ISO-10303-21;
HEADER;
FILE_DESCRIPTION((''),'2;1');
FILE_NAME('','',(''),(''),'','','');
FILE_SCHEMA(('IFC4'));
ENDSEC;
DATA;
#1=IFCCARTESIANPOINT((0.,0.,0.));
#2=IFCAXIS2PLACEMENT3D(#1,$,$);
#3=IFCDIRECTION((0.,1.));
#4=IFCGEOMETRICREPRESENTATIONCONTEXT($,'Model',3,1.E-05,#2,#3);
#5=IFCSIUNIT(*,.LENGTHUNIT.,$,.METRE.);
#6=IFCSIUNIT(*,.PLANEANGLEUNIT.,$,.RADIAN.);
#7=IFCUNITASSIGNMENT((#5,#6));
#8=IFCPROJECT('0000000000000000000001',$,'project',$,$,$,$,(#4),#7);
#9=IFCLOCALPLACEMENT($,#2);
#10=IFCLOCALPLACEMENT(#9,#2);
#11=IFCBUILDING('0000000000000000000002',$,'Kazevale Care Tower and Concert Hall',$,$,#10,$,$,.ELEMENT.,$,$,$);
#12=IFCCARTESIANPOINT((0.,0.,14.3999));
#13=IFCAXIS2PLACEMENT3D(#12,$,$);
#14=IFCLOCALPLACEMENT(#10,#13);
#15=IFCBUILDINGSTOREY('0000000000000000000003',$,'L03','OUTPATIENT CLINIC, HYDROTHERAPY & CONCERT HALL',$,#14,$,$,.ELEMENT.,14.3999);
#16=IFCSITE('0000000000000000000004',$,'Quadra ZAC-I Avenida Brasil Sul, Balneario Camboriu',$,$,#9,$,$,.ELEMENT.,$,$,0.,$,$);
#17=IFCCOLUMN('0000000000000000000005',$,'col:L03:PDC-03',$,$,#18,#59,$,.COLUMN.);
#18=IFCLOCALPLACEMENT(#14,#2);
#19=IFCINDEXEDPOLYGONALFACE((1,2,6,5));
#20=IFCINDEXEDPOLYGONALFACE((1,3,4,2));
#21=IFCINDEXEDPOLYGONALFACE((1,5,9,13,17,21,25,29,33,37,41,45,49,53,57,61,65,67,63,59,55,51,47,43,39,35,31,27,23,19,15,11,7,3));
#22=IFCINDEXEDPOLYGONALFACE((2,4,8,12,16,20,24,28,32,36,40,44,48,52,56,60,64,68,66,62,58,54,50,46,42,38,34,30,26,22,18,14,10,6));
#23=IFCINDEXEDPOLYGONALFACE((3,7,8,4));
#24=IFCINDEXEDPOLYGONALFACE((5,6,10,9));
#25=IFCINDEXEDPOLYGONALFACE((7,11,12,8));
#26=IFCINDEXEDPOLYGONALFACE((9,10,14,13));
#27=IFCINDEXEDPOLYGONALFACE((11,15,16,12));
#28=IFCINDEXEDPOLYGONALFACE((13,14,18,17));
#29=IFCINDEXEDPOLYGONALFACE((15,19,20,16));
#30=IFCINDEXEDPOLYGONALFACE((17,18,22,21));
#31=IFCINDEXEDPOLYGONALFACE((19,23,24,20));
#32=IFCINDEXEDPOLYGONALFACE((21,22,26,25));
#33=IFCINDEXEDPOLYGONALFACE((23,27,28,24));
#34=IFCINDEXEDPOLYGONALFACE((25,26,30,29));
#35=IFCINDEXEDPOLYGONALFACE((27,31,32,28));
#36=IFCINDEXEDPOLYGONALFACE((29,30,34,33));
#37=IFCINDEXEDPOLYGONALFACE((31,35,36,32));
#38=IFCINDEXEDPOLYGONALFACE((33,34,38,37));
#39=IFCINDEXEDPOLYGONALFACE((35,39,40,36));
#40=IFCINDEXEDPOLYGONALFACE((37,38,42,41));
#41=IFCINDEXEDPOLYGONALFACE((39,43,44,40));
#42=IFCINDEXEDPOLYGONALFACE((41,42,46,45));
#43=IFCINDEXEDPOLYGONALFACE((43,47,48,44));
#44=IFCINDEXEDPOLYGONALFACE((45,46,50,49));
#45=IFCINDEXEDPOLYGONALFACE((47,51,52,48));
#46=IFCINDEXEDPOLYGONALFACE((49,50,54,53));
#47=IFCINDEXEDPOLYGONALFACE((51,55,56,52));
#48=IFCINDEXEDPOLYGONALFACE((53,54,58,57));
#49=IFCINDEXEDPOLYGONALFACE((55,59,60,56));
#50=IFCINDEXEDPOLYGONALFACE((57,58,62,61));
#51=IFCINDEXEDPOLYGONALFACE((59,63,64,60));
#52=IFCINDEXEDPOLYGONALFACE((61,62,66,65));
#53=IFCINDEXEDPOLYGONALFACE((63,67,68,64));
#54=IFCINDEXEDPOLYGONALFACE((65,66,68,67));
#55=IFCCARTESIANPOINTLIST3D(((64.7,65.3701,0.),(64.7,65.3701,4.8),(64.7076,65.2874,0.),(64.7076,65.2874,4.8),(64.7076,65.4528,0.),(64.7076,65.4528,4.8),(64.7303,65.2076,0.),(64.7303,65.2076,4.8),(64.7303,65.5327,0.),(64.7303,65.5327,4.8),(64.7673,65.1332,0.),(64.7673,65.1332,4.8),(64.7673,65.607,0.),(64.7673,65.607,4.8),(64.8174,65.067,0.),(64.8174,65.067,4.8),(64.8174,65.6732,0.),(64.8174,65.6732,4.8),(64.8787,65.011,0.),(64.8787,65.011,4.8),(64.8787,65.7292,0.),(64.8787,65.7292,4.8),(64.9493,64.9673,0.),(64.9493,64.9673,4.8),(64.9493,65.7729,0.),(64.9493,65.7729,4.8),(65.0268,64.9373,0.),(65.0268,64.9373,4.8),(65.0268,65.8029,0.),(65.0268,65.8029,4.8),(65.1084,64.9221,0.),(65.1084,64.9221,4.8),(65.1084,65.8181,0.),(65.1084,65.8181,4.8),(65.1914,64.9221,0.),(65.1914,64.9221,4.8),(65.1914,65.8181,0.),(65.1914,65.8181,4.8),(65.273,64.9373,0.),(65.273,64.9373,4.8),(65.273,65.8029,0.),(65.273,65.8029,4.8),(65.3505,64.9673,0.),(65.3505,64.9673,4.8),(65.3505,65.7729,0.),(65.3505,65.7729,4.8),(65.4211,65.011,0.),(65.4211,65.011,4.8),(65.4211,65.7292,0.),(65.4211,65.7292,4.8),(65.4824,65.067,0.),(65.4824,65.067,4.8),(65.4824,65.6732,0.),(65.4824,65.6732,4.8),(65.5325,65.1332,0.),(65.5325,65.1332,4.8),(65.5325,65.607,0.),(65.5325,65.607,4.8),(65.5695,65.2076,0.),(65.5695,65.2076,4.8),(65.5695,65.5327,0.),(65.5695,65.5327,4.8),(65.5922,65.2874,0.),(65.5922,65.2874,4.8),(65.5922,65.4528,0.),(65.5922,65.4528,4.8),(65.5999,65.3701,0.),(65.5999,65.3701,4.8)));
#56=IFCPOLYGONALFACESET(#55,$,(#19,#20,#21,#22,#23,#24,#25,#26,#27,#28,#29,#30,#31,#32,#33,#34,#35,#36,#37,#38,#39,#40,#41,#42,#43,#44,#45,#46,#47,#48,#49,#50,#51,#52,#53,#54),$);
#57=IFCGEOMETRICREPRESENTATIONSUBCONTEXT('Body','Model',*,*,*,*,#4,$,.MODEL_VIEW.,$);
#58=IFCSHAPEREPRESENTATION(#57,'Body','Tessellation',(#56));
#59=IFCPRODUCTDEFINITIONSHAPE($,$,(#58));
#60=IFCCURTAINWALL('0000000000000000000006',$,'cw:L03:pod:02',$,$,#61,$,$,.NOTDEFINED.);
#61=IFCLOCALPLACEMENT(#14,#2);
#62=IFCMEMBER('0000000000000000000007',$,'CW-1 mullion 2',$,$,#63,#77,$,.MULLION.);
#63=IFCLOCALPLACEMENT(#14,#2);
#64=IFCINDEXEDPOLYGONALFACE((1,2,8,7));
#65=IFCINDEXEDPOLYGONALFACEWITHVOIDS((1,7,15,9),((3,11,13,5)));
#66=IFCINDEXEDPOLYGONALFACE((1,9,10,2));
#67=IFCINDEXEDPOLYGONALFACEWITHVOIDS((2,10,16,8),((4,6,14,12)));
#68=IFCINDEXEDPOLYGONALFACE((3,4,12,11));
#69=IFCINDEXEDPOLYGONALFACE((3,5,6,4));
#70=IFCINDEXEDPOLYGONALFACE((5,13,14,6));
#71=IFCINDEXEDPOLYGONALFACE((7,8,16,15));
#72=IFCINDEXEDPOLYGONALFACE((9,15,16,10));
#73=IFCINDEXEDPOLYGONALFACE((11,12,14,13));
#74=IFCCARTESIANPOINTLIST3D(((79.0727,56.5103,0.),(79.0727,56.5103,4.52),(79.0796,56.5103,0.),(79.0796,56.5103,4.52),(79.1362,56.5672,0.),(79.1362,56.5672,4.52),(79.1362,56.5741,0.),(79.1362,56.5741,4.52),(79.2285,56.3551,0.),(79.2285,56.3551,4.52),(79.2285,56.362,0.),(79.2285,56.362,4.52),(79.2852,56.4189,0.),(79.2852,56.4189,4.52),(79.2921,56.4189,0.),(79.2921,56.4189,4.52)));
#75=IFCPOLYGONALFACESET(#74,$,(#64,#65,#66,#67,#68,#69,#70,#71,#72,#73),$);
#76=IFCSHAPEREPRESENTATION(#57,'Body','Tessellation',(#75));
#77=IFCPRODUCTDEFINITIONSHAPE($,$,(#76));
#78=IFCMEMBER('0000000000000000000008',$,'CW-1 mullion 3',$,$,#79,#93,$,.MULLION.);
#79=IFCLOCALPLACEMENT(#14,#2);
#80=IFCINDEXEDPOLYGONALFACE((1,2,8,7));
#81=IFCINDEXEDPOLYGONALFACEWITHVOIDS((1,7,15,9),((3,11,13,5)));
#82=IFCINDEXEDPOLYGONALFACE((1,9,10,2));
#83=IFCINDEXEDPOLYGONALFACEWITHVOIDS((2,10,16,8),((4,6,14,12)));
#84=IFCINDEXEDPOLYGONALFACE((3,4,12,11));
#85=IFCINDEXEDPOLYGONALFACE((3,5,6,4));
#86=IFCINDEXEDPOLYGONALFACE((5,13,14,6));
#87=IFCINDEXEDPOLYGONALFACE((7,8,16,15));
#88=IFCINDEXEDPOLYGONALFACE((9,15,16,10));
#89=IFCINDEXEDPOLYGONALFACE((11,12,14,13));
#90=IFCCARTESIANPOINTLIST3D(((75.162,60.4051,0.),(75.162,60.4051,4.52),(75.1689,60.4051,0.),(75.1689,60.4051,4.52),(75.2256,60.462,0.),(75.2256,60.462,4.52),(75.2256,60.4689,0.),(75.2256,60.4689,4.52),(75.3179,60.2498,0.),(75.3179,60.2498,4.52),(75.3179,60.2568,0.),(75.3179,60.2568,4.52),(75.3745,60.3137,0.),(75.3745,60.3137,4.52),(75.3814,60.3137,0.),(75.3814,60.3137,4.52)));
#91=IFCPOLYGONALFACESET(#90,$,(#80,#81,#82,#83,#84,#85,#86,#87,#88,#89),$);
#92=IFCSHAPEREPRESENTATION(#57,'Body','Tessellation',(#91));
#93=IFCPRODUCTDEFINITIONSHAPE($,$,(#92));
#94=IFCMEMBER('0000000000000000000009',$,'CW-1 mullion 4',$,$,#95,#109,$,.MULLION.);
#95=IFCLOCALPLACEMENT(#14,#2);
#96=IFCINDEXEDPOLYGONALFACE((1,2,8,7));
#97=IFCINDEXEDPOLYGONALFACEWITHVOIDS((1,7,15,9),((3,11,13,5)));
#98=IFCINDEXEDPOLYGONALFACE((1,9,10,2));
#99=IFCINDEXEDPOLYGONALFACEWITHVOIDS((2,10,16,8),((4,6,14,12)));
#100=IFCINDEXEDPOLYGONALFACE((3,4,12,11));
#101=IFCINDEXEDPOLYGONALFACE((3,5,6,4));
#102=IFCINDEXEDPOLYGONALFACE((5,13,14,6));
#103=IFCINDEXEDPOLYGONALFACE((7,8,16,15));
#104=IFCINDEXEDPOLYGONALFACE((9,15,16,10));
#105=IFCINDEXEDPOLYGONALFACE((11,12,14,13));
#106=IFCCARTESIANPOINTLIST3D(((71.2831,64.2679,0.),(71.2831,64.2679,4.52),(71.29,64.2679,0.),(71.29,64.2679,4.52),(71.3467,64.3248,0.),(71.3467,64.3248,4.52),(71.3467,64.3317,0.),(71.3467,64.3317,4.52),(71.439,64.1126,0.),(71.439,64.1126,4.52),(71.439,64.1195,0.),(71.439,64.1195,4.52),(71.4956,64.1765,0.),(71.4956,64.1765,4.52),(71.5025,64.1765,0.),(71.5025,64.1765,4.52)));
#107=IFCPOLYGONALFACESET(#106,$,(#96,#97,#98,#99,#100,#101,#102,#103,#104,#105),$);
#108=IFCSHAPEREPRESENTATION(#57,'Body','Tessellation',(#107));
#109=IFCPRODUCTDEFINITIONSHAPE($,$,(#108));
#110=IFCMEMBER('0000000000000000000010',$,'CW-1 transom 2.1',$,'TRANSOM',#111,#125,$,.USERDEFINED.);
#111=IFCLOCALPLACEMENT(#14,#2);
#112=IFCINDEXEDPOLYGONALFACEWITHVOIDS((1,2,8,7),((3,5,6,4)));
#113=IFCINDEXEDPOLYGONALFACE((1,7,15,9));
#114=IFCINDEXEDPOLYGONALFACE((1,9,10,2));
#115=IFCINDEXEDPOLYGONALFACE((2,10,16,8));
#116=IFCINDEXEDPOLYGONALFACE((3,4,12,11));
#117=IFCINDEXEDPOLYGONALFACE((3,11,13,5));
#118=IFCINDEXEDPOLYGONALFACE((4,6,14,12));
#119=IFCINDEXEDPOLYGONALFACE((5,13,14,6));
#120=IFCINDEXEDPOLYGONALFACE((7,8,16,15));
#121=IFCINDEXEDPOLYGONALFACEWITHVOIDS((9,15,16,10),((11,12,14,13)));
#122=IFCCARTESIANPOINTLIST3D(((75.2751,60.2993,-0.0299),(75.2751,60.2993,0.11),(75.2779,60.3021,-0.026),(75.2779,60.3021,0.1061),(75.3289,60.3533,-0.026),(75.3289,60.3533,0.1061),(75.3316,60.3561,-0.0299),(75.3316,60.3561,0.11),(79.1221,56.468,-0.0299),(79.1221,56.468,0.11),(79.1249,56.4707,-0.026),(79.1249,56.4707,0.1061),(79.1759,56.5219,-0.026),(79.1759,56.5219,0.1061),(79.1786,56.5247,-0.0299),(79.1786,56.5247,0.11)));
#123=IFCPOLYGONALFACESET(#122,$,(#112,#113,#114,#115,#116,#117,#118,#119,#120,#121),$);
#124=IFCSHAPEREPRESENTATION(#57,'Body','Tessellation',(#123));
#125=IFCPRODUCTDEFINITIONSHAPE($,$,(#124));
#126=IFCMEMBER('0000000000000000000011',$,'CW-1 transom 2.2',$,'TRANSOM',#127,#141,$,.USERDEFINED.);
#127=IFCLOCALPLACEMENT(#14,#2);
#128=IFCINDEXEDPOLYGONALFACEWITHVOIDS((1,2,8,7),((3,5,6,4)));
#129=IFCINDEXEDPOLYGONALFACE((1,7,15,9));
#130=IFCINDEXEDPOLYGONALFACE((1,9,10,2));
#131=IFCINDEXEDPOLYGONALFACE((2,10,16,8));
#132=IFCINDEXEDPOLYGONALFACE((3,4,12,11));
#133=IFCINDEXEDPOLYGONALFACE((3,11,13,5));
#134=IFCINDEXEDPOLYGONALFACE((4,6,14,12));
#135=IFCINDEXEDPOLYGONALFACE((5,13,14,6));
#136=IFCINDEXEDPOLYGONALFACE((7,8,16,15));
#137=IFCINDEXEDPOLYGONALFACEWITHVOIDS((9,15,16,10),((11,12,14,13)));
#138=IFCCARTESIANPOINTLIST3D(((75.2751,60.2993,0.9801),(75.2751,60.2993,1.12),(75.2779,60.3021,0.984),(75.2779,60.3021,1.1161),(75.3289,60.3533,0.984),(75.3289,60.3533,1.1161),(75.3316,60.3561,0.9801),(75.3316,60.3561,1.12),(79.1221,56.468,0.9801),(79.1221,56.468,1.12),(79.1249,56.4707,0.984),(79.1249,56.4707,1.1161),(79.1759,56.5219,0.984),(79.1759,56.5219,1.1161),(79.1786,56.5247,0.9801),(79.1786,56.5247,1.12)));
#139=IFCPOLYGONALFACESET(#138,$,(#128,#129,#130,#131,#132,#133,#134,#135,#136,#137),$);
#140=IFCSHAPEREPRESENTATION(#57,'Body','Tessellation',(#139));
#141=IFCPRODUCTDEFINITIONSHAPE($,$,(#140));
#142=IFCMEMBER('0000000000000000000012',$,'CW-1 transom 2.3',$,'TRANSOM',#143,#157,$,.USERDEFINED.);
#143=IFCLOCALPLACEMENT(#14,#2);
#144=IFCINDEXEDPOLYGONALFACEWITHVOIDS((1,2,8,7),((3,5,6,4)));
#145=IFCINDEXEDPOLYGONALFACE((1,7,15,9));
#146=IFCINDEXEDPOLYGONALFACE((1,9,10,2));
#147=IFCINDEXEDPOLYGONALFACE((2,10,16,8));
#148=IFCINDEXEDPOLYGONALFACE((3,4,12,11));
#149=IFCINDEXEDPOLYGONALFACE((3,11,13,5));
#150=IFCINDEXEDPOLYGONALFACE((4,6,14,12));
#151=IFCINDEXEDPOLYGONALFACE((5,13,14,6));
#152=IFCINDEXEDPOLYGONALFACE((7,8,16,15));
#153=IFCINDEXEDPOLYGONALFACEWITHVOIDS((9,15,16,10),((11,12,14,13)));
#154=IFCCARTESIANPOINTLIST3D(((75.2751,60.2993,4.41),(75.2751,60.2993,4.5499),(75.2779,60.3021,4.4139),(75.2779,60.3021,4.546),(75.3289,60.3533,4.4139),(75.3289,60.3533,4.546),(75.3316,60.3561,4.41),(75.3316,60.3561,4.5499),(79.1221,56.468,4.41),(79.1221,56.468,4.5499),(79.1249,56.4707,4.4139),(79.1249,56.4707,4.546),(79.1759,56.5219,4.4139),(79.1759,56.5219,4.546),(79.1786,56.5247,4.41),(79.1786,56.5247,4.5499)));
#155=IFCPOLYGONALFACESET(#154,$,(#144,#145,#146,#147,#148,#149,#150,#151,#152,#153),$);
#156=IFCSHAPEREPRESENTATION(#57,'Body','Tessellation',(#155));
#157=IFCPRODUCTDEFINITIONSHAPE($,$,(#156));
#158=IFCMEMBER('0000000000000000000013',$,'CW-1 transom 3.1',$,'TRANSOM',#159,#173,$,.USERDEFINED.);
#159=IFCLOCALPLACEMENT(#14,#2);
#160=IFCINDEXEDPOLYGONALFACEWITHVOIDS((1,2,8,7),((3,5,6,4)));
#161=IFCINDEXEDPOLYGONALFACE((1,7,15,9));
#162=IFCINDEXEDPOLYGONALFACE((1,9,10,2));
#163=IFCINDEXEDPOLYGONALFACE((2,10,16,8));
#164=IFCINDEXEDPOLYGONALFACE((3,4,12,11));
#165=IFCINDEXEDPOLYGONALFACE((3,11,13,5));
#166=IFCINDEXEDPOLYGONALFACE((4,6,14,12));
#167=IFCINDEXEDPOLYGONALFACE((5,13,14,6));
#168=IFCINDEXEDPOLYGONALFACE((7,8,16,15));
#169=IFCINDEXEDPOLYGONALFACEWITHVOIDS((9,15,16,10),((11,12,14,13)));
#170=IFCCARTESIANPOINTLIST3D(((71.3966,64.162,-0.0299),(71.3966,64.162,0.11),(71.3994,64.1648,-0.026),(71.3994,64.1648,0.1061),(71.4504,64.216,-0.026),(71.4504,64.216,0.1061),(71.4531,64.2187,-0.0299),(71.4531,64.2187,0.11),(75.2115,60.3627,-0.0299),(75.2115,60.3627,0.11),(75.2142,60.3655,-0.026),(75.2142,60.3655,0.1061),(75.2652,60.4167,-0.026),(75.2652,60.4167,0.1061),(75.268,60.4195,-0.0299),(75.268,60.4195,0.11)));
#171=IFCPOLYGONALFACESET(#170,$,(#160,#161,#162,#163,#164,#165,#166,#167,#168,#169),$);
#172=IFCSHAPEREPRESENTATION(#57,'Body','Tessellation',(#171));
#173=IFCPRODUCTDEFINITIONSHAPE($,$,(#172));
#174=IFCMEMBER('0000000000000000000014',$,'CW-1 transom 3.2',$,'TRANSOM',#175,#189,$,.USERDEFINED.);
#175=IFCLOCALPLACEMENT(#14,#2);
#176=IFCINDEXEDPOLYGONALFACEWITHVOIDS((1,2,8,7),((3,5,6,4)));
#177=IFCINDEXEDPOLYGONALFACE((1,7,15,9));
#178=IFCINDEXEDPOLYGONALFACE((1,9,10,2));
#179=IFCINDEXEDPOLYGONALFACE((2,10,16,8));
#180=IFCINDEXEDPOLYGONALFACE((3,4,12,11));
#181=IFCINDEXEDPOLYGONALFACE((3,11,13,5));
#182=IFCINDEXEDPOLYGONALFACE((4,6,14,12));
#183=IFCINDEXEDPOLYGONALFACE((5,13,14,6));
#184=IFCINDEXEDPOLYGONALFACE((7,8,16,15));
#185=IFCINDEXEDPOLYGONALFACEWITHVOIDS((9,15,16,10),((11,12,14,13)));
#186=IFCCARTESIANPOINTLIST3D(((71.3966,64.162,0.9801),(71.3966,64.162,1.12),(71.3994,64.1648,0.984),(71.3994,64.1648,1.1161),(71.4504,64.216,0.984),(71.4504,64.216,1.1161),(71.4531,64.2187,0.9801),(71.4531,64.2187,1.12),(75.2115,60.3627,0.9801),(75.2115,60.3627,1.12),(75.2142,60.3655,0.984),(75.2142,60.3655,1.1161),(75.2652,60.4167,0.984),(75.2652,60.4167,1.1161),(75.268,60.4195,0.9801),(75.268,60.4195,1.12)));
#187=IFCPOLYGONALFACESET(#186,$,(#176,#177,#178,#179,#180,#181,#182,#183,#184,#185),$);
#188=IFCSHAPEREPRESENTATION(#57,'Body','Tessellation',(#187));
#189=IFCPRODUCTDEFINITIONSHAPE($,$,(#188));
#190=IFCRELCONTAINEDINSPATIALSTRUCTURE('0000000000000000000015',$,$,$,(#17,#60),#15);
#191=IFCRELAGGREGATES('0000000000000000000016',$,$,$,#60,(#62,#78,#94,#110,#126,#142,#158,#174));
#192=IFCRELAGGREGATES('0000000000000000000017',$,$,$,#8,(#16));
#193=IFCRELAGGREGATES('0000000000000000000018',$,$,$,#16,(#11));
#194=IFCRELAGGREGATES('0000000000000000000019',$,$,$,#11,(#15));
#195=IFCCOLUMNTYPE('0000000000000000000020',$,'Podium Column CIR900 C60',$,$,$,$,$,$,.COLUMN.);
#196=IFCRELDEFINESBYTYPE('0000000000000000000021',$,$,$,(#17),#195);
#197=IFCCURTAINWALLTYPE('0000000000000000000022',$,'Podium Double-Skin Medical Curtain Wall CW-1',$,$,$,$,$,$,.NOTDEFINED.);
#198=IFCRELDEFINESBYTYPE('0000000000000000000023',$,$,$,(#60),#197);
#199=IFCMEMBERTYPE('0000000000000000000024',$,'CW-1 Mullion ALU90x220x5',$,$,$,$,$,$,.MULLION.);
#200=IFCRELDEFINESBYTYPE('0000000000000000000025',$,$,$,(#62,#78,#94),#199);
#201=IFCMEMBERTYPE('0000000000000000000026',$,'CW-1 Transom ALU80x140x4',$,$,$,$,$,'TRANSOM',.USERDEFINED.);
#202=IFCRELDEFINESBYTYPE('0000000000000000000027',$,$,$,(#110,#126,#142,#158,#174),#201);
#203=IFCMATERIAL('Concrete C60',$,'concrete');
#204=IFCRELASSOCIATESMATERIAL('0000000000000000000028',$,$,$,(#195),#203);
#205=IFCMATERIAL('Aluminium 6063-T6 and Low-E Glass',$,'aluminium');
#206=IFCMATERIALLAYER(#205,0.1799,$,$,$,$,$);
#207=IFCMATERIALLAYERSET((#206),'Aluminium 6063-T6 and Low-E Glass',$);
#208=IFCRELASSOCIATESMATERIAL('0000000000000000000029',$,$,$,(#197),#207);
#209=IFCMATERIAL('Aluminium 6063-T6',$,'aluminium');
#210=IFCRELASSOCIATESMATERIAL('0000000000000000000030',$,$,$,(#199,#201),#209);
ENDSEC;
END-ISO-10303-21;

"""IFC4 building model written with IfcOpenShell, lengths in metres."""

from ifc_helpers import new_model, si_unit, direction, frame, origin, origin_2d, place, context, subcontext, project, spatial, hollow_rectangle, circle, extrude, material, layer, layer_set, material_profile, profile_set, type_object, element, aggregate, save


model = new_model("IFC4")

# Units and contexts
model_context = context("Model", 3, precision=1e-05, world=origin(), true_north=direction((0.0, 1.0)))
body_context = subcontext(model_context, "Body", "Model", "MODEL_VIEW")
ifc_project = project(units=[si_unit("LENGTHUNIT", "METRE"), si_unit("PLANEANGLEUNIT", "RADIAN")], contexts=[model_context])

# Site, building, storey
site_placement = place(None, origin())
site = spatial("IfcSite", under=ifc_project, at=site_placement, Name="Quadra ZAC-I Avenida Brasil Sul, Balneario Camboriu", CompositionType="ELEMENT", RefElevation=0.0)
building_placement = place(site_placement, origin())
building = spatial("IfcBuilding", under=site, at=building_placement, Name="Kazevale Care Tower and Concert Hall", CompositionType="ELEMENT")
storey_placement = place(building_placement, frame((0.0, 0.0, 14.3999)))
storey = spatial("IfcBuildingStorey", under=building, at=storey_placement, Name="L03", Description="OUTPATIENT CLINIC, HYDROTHERAPY & CONCERT HALL", CompositionType="ELEMENT", Elevation=14.3999)

# Column
ifc_material_1 = material(Name="Concrete C60", Category="concrete")
ifc_material_profile_1 = material_profile(ifc_material_1, circle(Radius=0.45, at=origin_2d()), Name="RC-CIR900")
ifc_profile_set_1 = profile_set([ifc_material_profile_1], Name="Concrete C60")
column_type_1 = type_object("IfcColumnType", Name="Podium Column CIR900 C60", PredefinedType="COLUMN", material=ifc_profile_set_1)
for number, where, z_axis, x_axis, name in (
    (1, (65.1499, 65.3701, 0.0), (0.0, 0.0, 1.0), (1.0, 0.0, 0.0), "col:L03:PDC-03"),
):
    element("IfcColumn", number, at=place(storey_placement, frame(where, z_axis=z_axis, x_axis=x_axis)), inside=storey, type_object=column_type_1, Name=name, PredefinedType="COLUMN", context=body_context, shape_type="SweptSolid", body=[
        extrude(circle(Radius=0.45, at=origin_2d()), origin(), (0.0, 0.0, 1.0), 4.8),
    ])

# Curtain wall, members
ifc_material_2 = material(Name="Aluminium 6063-T6 and Low-E Glass", Category="aluminium")
ifc_layer_1 = layer(ifc_material_2, 0.1799)
ifc_layer_set_1 = layer_set([ifc_layer_1], Name="Aluminium 6063-T6 and Low-E Glass")
curtain_wall_type = type_object("IfcCurtainWallType", Name="Podium Double-Skin Medical Curtain Wall CW-1", PredefinedType="NOTDEFINED", material=ifc_layer_set_1)
curtain_wall_placement = place(storey_placement, origin())
curtain_wall = element("IfcCurtainWall", 2, at=curtain_wall_placement, inside=storey, type_object=curtain_wall_type, Name="cw:L03:pod:02", PredefinedType="NOTDEFINED")
ifc_material_3 = material(Name="Aluminium 6063-T6", Category="aluminium")
ifc_material_profile_2 = material_profile(ifc_material_3, hollow_rectangle(XDim=0.0901, YDim=0.22, WallThickness=0.0049, at=origin_2d()), Name="ALU90x220x5")
ifc_profile_set_2 = profile_set([ifc_material_profile_2], Name="Aluminium 6063-T6")
member_type_1 = type_object("IfcMemberType", Name="CW-1 Mullion ALU90x220x5", PredefinedType="MULLION", material=ifc_profile_set_2)
member_1_placement = place(storey_placement, frame((79.1824, 56.4646, 0.0), z_axis=(0.0, 0.0, 1.0), x_axis=(-0.705656, -0.708555, 0.0)))
member_1 = element("IfcMember", 3, at=member_1_placement, type_object=member_type_1, Name="CW-1 mullion 2", PredefinedType="MULLION", context=body_context, shape_type="SweptSolid", body=[
    extrude(hollow_rectangle(XDim=0.0901, YDim=0.22, WallThickness=0.0049, at=origin_2d()), origin(), (0.0, 0.0, 1.0), 4.52),
])
member_2_placement = place(storey_placement, frame((75.2717, 60.3594, 0.0), z_axis=(0.0, 0.0, 1.0), x_axis=(-0.705656, -0.708555, 0.0)))
member_2 = element("IfcMember", 4, at=member_2_placement, type_object=member_type_1, Name="CW-1 mullion 3", PredefinedType="MULLION", context=body_context, shape_type="SweptSolid", body=[
    extrude(hollow_rectangle(XDim=0.0901, YDim=0.22, WallThickness=0.0049, at=origin_2d()), origin(), (0.0, 0.0, 1.0), 4.52),
])
member_3_placement = place(storey_placement, frame((71.3928, 64.2222, 0.0), z_axis=(0.0, 0.0, 1.0), x_axis=(-0.705656, -0.708555, 0.0)))
member_3 = element("IfcMember", 5, at=member_3_placement, type_object=member_type_1, Name="CW-1 mullion 4", PredefinedType="MULLION", context=body_context, shape_type="SweptSolid", body=[
    extrude(hollow_rectangle(XDim=0.0901, YDim=0.22, WallThickness=0.0049, at=origin_2d()), origin(), (0.0, 0.0, 1.0), 4.52),
])
ifc_material_profile_3 = material_profile(ifc_material_3, hollow_rectangle(XDim=0.0801, YDim=0.1399, WallThickness=0.0039, at=origin_2d()), Name="ALU80x140x4")
ifc_profile_set_3 = profile_set([ifc_material_profile_3], Name="Aluminium 6063-T6")
member_type_2 = type_object("IfcMemberType", Name="CW-1 Transom ALU80x140x4", ElementType="TRANSOM", PredefinedType="USERDEFINED", material=ifc_profile_set_3)
member_4_placement = place(storey_placement, frame((79.1504, 56.4963, 0.04), z_axis=(-0.708544, 0.705666, 0.0), x_axis=(-0.705666, -0.708544, 0.0)))
member_4 = element("IfcMember", 6, at=member_4_placement, type_object=member_type_2, Name="CW-1 transom 2.1", ObjectType="TRANSOM", PredefinedType="USERDEFINED", context=body_context, shape_type="SweptSolid", body=[
    extrude(hollow_rectangle(XDim=0.0801, YDim=0.1399, WallThickness=0.0039, at=origin_2d()), origin(), (0.0, 0.0, 1.0), 5.4294),
])
member_5_placement = place(storey_placement, frame((79.1504, 56.4963, 1.05), z_axis=(-0.708544, 0.705666, 0.0), x_axis=(-0.705666, -0.708544, 0.0)))
member_5 = element("IfcMember", 7, at=member_5_placement, type_object=member_type_2, Name="CW-1 transom 2.2", ObjectType="TRANSOM", PredefinedType="USERDEFINED", context=body_context, shape_type="SweptSolid", body=[
    extrude(hollow_rectangle(XDim=0.0801, YDim=0.1399, WallThickness=0.0039, at=origin_2d()), origin(), (0.0, 0.0, 1.0), 5.4294),
])
member_6_placement = place(storey_placement, frame((79.1504, 56.4963, 4.48), z_axis=(-0.708544, 0.705666, 0.0), x_axis=(-0.705666, -0.708544, 0.0)))
member_6 = element("IfcMember", 8, at=member_6_placement, type_object=member_type_2, Name="CW-1 transom 2.3", ObjectType="TRANSOM", PredefinedType="USERDEFINED", context=body_context, shape_type="SweptSolid", body=[
    extrude(hollow_rectangle(XDim=0.0801, YDim=0.1399, WallThickness=0.0039, at=origin_2d()), origin(), (0.0, 0.0, 1.0), 5.4294),
])
member_7_placement = place(storey_placement, frame((75.2397, 60.3911, 0.04), z_axis=(-0.708556, 0.705654, 0.0), x_axis=(-0.705654, -0.708556, 0.0)))
member_7 = element("IfcMember", 9, at=member_7_placement, type_object=member_type_2, Name="CW-1 transom 3.1", ObjectType="TRANSOM", PredefinedType="USERDEFINED", context=body_context, shape_type="SweptSolid", body=[
    extrude(hollow_rectangle(XDim=0.0801, YDim=0.1399, WallThickness=0.0039, at=origin_2d()), origin(), (0.0, 0.0, 1.0), 5.384),
])
member_8_placement = place(storey_placement, frame((75.2397, 60.3911, 1.05), z_axis=(-0.708556, 0.705654, 0.0), x_axis=(-0.705654, -0.708556, 0.0)))
member_8 = element("IfcMember", 10, at=member_8_placement, type_object=member_type_2, Name="CW-1 transom 3.2", ObjectType="TRANSOM", PredefinedType="USERDEFINED", context=body_context, shape_type="SweptSolid", body=[
    extrude(hollow_rectangle(XDim=0.0801, YDim=0.1399, WallThickness=0.0039, at=origin_2d()), origin(), (0.0, 0.0, 1.0), 5.384),
])

aggregate(curtain_wall, [member_1, member_2, member_3, member_4, member_5, member_6, member_7, member_8])

save(model, "model.ifc")
